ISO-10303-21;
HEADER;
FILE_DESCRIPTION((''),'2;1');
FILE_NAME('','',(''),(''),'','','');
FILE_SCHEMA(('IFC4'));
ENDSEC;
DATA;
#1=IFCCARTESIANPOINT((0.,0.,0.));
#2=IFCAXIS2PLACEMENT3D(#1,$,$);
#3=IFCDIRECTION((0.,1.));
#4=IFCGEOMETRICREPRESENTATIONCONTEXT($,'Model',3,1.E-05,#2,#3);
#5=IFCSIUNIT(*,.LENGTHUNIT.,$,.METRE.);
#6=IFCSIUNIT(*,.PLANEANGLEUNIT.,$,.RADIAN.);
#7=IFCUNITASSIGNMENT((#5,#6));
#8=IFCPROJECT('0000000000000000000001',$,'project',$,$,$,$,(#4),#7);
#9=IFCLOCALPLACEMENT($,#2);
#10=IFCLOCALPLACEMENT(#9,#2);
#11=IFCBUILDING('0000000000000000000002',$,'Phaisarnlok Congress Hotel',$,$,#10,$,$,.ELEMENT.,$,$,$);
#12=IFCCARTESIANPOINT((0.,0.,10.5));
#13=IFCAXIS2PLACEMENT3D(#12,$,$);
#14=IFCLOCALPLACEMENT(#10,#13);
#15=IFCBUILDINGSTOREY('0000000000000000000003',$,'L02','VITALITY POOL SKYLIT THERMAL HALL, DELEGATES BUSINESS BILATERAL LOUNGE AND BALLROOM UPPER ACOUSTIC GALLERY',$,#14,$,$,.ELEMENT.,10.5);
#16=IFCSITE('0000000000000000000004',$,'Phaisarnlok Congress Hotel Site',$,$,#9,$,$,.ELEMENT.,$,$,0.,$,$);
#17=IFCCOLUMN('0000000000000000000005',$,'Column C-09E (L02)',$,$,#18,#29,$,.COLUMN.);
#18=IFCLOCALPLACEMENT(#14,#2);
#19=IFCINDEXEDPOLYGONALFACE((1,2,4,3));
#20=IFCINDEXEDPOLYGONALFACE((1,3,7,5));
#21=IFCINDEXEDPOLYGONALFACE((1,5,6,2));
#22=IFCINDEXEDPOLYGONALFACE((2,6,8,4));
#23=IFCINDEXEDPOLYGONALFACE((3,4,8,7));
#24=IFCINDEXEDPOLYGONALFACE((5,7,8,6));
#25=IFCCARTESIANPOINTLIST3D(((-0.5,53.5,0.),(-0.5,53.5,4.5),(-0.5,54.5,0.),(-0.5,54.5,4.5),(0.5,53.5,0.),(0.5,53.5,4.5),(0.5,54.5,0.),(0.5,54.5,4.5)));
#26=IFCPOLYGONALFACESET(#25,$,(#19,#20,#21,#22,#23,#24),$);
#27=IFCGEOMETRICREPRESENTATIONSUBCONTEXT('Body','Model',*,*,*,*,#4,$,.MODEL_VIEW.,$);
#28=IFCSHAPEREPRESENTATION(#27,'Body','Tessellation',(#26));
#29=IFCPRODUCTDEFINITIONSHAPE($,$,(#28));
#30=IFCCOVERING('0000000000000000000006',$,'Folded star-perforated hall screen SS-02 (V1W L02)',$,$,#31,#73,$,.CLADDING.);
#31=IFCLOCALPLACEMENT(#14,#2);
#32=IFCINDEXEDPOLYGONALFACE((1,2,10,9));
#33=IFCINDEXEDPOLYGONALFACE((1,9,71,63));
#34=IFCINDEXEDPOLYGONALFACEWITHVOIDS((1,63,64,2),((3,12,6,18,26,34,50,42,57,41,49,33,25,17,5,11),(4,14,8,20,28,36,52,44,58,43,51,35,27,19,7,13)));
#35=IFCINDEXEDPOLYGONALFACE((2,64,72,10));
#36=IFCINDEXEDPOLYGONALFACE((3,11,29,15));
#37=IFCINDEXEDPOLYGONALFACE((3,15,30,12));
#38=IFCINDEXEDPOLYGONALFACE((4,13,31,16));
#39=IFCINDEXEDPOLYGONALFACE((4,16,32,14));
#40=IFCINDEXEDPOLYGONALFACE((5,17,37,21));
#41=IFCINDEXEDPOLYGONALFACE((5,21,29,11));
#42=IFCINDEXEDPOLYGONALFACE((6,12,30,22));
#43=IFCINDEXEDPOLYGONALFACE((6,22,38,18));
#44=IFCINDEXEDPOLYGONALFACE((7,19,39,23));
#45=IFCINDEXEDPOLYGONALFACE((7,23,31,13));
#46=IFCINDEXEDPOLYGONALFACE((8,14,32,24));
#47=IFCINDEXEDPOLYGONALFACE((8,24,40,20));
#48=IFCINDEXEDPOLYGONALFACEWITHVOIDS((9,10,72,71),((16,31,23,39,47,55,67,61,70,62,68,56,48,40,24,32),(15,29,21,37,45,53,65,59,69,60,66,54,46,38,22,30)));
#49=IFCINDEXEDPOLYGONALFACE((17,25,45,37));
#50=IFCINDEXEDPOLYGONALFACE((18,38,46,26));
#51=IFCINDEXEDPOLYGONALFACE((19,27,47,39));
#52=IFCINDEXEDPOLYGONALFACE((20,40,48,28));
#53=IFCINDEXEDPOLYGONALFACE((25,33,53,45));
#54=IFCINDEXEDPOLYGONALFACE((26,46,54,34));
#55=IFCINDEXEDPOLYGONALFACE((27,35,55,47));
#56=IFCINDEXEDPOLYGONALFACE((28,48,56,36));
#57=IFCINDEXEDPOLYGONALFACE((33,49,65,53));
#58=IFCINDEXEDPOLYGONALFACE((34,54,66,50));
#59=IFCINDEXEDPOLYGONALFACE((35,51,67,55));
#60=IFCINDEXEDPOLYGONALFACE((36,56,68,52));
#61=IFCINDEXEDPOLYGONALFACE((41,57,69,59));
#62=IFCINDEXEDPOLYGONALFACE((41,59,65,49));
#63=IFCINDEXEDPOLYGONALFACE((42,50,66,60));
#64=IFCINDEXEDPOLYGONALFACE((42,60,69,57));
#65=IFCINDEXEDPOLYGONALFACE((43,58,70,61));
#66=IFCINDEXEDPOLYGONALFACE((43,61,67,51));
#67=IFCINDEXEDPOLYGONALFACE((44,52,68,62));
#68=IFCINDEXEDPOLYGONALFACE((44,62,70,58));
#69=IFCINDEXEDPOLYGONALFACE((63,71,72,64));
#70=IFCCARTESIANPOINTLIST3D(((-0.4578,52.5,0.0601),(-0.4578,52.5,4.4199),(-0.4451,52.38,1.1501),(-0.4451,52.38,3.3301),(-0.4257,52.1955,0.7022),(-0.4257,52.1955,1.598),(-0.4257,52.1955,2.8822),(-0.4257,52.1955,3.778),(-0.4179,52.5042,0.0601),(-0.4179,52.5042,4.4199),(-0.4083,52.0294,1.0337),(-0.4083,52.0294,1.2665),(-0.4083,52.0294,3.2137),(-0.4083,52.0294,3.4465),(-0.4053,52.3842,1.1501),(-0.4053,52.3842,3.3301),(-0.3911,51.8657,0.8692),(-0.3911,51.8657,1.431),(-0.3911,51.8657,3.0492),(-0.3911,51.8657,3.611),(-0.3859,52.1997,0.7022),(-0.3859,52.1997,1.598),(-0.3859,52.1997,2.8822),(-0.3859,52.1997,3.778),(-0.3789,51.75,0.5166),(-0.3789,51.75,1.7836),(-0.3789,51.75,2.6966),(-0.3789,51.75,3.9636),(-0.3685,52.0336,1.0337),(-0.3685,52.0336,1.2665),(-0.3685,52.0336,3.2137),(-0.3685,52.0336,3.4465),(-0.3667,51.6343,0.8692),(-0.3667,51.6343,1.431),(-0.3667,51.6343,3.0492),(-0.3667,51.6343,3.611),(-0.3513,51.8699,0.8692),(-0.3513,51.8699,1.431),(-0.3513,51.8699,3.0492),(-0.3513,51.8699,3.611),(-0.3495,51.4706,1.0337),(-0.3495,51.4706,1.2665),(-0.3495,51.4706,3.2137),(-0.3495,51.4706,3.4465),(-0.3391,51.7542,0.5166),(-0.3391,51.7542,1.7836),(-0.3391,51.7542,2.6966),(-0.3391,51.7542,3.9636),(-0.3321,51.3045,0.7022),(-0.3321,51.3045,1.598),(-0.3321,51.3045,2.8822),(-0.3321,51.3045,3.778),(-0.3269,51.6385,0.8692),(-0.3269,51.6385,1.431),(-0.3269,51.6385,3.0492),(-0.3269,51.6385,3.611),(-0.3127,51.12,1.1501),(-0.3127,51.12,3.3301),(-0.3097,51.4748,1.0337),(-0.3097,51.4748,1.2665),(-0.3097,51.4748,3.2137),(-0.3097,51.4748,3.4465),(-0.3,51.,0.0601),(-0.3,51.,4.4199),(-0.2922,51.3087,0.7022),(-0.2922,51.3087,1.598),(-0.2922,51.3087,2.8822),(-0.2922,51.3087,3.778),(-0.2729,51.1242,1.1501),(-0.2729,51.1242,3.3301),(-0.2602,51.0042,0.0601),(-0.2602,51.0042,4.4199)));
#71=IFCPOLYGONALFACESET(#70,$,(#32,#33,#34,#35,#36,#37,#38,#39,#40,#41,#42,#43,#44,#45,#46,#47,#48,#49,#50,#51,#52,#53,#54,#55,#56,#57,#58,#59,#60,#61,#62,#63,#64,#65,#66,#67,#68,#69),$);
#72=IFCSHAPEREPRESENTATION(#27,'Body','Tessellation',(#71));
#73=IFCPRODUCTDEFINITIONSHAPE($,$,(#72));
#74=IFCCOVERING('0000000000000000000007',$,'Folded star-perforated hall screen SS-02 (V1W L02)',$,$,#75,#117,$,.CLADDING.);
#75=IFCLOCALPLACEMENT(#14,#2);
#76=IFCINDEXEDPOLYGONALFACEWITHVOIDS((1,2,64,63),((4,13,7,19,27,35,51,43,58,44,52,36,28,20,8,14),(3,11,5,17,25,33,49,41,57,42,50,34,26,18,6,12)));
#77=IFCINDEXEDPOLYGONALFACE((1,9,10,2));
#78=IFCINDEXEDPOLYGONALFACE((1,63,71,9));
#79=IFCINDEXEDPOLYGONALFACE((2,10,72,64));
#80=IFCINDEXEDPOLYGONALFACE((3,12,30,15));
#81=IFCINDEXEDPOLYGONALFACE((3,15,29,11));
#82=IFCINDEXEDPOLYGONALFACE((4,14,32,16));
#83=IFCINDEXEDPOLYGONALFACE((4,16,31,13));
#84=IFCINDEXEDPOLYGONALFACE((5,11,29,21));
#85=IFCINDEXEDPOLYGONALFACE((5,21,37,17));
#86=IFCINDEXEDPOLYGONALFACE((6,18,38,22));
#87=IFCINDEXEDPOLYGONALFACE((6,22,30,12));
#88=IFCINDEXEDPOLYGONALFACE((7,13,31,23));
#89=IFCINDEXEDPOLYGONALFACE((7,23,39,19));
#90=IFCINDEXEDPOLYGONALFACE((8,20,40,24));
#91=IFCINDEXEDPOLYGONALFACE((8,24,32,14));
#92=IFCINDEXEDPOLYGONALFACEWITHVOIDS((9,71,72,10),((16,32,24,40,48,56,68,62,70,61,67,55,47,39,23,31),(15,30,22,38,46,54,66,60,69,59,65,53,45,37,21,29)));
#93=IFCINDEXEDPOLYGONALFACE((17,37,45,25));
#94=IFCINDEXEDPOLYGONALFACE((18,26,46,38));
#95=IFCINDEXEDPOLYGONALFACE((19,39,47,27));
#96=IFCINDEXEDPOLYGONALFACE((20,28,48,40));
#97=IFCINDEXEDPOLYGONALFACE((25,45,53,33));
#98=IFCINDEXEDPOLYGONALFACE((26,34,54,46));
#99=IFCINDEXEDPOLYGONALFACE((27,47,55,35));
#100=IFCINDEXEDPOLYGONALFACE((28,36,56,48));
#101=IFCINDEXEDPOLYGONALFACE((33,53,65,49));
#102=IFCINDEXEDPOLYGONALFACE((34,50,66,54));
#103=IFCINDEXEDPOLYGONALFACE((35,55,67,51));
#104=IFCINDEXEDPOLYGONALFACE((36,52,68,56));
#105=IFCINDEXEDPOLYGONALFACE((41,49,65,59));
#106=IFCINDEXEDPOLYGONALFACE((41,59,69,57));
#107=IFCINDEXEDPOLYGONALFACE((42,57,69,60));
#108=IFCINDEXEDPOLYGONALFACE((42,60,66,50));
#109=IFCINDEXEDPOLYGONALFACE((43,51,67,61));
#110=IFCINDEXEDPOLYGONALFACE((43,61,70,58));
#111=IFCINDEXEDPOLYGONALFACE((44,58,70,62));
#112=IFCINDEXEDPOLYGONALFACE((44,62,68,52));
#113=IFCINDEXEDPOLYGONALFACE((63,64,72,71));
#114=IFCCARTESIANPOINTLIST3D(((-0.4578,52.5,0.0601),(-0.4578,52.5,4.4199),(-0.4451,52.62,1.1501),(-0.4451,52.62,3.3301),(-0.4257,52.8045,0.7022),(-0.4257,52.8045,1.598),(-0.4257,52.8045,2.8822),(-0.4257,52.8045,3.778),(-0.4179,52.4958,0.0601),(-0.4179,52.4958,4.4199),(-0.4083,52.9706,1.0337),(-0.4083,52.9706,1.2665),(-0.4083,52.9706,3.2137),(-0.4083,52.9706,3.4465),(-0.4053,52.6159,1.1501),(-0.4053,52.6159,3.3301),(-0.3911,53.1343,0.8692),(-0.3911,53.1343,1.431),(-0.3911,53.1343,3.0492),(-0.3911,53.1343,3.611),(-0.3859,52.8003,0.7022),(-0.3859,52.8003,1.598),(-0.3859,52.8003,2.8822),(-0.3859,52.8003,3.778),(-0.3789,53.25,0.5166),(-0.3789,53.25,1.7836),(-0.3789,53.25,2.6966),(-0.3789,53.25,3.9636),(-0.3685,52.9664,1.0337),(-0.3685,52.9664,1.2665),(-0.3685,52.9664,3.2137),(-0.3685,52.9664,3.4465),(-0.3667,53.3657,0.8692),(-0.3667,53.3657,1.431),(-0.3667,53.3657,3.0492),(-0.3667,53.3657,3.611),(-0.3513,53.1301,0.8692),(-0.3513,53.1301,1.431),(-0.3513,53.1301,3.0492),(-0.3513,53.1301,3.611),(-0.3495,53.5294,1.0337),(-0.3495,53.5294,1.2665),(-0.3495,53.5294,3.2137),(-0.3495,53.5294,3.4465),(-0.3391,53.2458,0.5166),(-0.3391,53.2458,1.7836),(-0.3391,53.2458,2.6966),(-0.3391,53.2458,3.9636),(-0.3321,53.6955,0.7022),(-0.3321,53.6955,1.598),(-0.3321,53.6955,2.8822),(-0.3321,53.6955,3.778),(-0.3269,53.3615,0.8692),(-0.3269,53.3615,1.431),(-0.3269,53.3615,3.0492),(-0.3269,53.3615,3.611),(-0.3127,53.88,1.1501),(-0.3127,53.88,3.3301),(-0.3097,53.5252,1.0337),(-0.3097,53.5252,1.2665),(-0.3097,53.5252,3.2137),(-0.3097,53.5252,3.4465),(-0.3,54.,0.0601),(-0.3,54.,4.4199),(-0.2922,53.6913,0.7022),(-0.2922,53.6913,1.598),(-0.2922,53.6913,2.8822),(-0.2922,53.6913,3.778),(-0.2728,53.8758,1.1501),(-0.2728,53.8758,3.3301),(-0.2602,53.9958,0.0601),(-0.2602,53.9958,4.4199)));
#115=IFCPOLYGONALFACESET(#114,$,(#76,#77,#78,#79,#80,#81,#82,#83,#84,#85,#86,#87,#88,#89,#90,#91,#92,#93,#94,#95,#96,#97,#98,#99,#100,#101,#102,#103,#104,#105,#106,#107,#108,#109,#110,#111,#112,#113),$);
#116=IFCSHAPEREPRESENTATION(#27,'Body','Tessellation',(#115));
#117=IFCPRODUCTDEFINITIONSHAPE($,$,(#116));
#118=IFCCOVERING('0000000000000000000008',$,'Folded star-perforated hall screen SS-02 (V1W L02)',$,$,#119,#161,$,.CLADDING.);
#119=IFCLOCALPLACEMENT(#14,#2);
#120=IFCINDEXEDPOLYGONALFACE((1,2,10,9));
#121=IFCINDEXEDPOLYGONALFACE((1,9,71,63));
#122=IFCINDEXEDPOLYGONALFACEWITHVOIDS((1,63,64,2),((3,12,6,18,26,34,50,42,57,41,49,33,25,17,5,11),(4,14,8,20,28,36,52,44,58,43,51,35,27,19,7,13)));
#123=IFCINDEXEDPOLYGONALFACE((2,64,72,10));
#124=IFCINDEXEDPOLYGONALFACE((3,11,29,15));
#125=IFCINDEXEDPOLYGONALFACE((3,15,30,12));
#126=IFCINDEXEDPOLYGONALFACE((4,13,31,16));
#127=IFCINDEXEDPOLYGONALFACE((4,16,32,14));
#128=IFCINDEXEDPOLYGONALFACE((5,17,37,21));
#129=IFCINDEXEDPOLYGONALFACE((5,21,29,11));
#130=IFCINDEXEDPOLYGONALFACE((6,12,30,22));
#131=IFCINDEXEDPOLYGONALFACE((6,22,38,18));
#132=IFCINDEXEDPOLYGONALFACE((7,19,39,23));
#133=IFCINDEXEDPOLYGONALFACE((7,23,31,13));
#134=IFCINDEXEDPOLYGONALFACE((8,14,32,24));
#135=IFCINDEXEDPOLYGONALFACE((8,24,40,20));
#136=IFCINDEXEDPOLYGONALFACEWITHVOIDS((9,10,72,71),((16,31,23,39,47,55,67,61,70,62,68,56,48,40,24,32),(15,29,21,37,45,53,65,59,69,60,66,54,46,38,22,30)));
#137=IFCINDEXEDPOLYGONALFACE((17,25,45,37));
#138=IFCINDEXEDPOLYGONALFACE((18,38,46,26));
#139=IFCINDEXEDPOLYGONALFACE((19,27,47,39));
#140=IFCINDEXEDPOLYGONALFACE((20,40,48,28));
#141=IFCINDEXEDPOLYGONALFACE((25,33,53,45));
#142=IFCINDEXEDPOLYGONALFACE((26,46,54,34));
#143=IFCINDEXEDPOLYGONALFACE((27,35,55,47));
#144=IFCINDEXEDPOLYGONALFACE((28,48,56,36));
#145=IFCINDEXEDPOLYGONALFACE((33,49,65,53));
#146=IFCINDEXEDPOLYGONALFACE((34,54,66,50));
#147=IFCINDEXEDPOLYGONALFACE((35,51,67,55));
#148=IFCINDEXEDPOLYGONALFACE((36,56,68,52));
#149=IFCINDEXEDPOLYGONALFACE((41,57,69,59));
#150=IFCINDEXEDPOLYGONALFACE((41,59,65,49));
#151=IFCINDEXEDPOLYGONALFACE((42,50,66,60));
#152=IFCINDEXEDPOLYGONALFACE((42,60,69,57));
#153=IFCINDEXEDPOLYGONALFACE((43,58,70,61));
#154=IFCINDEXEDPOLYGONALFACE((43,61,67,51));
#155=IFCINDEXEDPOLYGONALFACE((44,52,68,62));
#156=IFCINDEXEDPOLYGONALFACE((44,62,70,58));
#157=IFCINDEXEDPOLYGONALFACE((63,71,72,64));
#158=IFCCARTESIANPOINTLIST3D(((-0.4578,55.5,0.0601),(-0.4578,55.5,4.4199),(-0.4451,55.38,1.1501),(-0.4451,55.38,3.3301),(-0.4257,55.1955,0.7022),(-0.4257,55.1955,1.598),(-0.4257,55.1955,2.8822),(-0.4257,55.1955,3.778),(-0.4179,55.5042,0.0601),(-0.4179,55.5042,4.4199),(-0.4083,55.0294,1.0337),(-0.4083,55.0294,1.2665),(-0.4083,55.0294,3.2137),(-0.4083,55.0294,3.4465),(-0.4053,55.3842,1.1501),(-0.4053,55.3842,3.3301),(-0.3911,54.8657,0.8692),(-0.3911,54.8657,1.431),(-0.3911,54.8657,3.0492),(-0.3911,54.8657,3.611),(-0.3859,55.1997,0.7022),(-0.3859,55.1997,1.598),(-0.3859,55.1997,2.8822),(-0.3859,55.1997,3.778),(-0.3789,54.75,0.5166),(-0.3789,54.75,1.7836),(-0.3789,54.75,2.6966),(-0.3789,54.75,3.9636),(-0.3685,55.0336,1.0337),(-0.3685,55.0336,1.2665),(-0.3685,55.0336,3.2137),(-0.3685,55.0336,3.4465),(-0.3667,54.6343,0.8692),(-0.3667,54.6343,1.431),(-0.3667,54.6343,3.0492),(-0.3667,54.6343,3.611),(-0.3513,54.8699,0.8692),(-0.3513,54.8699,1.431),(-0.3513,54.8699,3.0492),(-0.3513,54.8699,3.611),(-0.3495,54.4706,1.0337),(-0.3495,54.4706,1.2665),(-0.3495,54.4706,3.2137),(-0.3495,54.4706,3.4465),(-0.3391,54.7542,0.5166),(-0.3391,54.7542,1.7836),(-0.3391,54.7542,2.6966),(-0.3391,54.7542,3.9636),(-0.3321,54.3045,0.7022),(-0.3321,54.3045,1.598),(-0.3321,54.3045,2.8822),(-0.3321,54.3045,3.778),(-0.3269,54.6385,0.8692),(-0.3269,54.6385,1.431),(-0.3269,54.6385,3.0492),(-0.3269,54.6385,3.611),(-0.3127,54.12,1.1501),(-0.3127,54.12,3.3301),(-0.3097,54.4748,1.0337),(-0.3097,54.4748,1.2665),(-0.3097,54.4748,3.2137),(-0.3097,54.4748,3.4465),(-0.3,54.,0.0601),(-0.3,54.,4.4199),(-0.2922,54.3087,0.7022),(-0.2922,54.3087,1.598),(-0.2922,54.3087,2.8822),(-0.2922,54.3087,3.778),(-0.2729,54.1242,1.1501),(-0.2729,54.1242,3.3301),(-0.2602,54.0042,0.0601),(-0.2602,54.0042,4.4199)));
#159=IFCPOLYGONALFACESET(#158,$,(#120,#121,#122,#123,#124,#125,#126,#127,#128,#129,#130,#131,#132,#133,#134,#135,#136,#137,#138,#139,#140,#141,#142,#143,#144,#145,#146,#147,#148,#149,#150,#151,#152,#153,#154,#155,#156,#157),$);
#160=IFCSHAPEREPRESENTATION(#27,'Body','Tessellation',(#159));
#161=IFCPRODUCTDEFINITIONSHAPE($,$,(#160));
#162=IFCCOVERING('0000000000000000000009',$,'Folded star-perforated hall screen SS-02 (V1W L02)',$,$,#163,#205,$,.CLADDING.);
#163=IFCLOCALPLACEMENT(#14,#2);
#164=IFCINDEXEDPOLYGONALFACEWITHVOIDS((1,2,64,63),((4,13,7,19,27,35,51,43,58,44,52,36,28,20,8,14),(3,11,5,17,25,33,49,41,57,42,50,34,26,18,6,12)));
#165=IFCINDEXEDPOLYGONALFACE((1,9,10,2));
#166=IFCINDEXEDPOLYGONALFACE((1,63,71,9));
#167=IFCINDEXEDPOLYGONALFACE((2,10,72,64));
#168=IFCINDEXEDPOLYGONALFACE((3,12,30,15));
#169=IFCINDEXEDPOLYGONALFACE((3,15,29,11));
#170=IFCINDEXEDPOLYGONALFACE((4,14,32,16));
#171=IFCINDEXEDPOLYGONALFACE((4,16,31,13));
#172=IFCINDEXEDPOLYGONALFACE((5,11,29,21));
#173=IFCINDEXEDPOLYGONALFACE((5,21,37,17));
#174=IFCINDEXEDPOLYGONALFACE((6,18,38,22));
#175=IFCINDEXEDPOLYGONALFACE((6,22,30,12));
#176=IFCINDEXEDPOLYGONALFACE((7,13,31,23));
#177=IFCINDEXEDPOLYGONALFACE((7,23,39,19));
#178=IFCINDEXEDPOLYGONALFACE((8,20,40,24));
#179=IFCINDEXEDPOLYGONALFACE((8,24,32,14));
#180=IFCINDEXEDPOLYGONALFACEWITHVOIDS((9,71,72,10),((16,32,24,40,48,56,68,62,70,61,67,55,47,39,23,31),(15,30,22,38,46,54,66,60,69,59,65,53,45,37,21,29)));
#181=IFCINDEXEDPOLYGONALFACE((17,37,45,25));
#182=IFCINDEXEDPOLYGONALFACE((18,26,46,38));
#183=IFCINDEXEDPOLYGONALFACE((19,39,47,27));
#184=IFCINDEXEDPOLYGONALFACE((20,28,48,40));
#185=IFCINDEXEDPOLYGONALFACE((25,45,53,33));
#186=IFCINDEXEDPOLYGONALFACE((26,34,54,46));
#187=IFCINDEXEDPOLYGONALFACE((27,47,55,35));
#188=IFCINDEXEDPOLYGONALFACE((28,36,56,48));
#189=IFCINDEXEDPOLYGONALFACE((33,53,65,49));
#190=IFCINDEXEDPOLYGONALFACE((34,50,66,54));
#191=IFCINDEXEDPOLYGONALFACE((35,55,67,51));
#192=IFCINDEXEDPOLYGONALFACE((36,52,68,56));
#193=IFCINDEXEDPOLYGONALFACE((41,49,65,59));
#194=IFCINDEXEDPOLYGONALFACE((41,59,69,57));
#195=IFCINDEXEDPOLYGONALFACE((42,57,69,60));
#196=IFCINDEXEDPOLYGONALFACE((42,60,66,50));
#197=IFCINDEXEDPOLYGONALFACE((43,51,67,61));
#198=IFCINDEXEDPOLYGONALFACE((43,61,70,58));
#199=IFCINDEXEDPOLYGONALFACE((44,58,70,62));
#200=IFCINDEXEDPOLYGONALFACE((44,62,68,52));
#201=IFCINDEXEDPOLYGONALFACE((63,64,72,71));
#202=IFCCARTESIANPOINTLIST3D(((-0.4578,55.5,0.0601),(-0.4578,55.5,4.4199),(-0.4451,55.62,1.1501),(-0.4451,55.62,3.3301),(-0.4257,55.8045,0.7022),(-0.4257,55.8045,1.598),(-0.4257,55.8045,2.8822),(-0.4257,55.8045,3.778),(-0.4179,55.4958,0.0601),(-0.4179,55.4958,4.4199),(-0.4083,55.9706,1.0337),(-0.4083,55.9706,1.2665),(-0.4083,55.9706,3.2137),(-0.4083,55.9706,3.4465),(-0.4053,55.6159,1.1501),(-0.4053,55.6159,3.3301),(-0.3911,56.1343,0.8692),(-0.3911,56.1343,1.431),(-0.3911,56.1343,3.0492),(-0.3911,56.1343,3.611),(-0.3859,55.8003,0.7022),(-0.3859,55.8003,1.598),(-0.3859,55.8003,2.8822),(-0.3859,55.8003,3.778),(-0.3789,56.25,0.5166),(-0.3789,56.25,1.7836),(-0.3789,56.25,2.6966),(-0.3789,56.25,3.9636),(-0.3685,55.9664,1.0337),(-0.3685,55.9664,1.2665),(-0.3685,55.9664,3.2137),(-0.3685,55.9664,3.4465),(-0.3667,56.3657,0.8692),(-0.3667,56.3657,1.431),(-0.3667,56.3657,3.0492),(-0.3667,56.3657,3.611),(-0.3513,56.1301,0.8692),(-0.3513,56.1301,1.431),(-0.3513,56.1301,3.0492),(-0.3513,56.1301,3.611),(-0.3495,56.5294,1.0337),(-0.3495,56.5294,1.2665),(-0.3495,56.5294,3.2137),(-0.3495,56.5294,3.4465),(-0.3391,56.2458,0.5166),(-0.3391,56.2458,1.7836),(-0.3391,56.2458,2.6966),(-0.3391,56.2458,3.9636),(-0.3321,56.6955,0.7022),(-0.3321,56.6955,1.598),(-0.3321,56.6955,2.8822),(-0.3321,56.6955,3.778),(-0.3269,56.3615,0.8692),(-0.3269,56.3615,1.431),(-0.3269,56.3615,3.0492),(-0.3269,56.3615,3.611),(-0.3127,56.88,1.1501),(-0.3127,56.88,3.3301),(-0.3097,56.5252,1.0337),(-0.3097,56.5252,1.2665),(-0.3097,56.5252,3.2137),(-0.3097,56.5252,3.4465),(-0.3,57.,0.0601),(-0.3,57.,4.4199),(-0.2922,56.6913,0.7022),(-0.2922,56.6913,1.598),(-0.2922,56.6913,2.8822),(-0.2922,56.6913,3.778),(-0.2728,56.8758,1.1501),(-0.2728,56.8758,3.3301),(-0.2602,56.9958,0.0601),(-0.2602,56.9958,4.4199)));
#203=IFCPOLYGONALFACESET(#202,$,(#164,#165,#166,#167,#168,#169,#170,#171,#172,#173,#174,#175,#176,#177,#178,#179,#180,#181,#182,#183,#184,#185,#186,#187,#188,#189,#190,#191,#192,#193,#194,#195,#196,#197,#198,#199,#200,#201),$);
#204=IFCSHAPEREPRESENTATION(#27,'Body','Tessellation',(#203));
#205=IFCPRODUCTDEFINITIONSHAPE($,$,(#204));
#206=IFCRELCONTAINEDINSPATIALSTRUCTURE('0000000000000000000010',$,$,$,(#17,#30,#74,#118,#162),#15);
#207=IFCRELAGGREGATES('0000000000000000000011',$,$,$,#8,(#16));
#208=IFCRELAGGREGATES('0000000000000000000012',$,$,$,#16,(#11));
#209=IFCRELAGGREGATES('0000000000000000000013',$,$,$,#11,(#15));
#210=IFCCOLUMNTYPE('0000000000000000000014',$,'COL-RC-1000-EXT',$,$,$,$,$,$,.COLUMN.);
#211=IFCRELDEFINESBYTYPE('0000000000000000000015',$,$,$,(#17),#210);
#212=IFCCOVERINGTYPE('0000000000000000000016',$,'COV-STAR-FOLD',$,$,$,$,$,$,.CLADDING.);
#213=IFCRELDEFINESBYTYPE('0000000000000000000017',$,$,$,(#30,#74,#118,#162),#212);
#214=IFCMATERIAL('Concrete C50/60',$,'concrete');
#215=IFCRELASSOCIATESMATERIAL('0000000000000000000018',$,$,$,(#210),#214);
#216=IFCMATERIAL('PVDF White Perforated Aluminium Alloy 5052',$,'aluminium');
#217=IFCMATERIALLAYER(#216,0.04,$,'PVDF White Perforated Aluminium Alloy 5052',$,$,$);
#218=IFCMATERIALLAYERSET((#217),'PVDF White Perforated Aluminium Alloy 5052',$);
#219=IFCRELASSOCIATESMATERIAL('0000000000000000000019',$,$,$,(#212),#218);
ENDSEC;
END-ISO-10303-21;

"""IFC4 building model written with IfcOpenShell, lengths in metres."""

from ifc_helpers import new_model, si_unit, direction, frame, origin, origin_2d, place, context, subcontext, project, spatial, polyline, rectangle, outline, extrude, material, layer, layer_set, material_profile, profile_set, type_object, element, save


model = new_model("IFC4")

# Units and contexts
model_context = context("Model", 3, precision=1e-05, world=origin(), true_north=direction((0.0, 1.0)))
body_context = subcontext(model_context, "Body", "Model", "MODEL_VIEW")
ifc_project = project(units=[si_unit("LENGTHUNIT", "METRE"), si_unit("PLANEANGLEUNIT", "RADIAN")], contexts=[model_context])

# Site, building, storey
site_placement = place(None, origin())
site = spatial("IfcSite", under=ifc_project, at=site_placement, Name="Phaisarnlok Congress Hotel Site", CompositionType="ELEMENT", RefElevation=0.0)
building_placement = place(site_placement, origin())
building = spatial("IfcBuilding", under=site, at=building_placement, Name="Phaisarnlok Congress Hotel", CompositionType="ELEMENT")
storey_placement = place(building_placement, frame((0.0, 0.0, 10.5)))
storey = spatial("IfcBuildingStorey", under=building, at=storey_placement, Name="L02", Description="VITALITY POOL SKYLIT THERMAL HALL, DELEGATES BUSINESS BILATERAL LOUNGE AND BALLROOM UPPER ACOUSTIC GALLERY", CompositionType="ELEMENT", Elevation=10.5)

# Column
ifc_material_1 = material(Name="Concrete C50/60", Category="concrete")
ifc_material_profile = material_profile(ifc_material_1, rectangle(XDim=1.0, YDim=1.0, at=origin_2d()), Name="RC 1000x1000")
ifc_profile_set = profile_set([ifc_material_profile], Name="Concrete C50/60")
column_type = type_object("IfcColumnType", Name="COL-RC-1000-EXT", PredefinedType="COLUMN", material=ifc_profile_set)
column_placement = place(storey_placement, frame((0.0, 54.0, 0.0), z_axis=(0.0, 0.0, 1.0), x_axis=(1.0, 0.0, 0.0)))
element("IfcColumn", 1, at=column_placement, inside=storey, type_object=column_type, Name="Column C-09E (L02)", PredefinedType="COLUMN", context=body_context, shape_type="SweptSolid", body=[
    extrude(rectangle(XDim=1.0, YDim=1.0, at=origin_2d()), origin(), (0.0, 0.0, 1.0), 4.5),
])

# Coverings
ifc_material_2 = material(Name="PVDF White Perforated Aluminium Alloy 5052", Category="aluminium")
ifc_layer = layer(ifc_material_2, 0.04, Name="PVDF White Perforated Aluminium Alloy 5052")
ifc_layer_set = layer_set([ifc_layer], Name="PVDF White Perforated Aluminium Alloy 5052")
covering_type = type_object("IfcCoveringType", Name="COV-STAR-FOLD", PredefinedType="CLADDING", material=ifc_layer_set)
for number, where, z_axis, x_axis, name in (
    (2, (-0.3, 51.0, 0.0601), (0.994518, 0.104567, 0.0), (-0.104567, 0.994518, 0.0), "Folded star-perforated hall screen SS-02 (V1W L02)"),
    (3, (-0.4578, 52.5, 0.0601), (0.994518, -0.104567, 0.0), (0.104567, 0.994518, 0.0), "Folded star-perforated hall screen SS-02 (V1W L02)"),
    (4, (-0.3, 54.0, 0.0601), (0.994518, 0.104567, 0.0), (-0.104567, 0.994518, 0.0), "Folded star-perforated hall screen SS-02 (V1W L02)"),
    (5, (-0.4578, 55.5, 0.0601), (0.994518, -0.104567, 0.0), (0.104567, 0.994518, 0.0), "Folded star-perforated hall screen SS-02 (V1W L02)"),
):
    element("IfcCovering", number, at=place(storey_placement, frame(where, z_axis=z_axis, x_axis=x_axis)), inside=storey, type_object=covering_type, Name=name, PredefinedType="CLADDING", context=body_context, shape_type="SweptSolid", body=[
        extrude(outline(polyline([(0.0, 0.0), (1.5083, 0.0), (1.5083, 4.3599), (0.0, 4.3599), (0.0, 0.0)]), holes=[polyline([(1.0351, 0.9736), (1.2021, 0.6421), (0.8705, 0.8091), (0.7541, 0.4565), (0.6378, 0.8091), (0.3062, 0.6421), (0.4732, 0.9736), (0.1207, 1.09), (0.4732, 1.2064), (0.3062, 1.5379), (0.6378, 1.3709), (0.7541, 1.7235), (0.8705, 1.3709), (1.2021, 1.5379), (1.0351, 1.2064), (1.3876, 1.09), (1.0351, 0.9736)]), polyline([(1.0351, 3.1536), (1.2021, 2.8221), (0.8705, 2.9891), (0.7541, 2.6365), (0.6378, 2.9891), (0.3062, 2.8221), (0.4732, 3.1536), (0.1207, 3.27), (0.4732, 3.3864), (0.3062, 3.7179), (0.6378, 3.5509), (0.7541, 3.9035), (0.8705, 3.5509), (1.2021, 3.7179), (1.0351, 3.3864), (1.3876, 3.27), (1.0351, 3.1536)])]), origin(), (0.0, 0.0, 1.0), 0.04),
    ])

save(model, "model.ifc")
